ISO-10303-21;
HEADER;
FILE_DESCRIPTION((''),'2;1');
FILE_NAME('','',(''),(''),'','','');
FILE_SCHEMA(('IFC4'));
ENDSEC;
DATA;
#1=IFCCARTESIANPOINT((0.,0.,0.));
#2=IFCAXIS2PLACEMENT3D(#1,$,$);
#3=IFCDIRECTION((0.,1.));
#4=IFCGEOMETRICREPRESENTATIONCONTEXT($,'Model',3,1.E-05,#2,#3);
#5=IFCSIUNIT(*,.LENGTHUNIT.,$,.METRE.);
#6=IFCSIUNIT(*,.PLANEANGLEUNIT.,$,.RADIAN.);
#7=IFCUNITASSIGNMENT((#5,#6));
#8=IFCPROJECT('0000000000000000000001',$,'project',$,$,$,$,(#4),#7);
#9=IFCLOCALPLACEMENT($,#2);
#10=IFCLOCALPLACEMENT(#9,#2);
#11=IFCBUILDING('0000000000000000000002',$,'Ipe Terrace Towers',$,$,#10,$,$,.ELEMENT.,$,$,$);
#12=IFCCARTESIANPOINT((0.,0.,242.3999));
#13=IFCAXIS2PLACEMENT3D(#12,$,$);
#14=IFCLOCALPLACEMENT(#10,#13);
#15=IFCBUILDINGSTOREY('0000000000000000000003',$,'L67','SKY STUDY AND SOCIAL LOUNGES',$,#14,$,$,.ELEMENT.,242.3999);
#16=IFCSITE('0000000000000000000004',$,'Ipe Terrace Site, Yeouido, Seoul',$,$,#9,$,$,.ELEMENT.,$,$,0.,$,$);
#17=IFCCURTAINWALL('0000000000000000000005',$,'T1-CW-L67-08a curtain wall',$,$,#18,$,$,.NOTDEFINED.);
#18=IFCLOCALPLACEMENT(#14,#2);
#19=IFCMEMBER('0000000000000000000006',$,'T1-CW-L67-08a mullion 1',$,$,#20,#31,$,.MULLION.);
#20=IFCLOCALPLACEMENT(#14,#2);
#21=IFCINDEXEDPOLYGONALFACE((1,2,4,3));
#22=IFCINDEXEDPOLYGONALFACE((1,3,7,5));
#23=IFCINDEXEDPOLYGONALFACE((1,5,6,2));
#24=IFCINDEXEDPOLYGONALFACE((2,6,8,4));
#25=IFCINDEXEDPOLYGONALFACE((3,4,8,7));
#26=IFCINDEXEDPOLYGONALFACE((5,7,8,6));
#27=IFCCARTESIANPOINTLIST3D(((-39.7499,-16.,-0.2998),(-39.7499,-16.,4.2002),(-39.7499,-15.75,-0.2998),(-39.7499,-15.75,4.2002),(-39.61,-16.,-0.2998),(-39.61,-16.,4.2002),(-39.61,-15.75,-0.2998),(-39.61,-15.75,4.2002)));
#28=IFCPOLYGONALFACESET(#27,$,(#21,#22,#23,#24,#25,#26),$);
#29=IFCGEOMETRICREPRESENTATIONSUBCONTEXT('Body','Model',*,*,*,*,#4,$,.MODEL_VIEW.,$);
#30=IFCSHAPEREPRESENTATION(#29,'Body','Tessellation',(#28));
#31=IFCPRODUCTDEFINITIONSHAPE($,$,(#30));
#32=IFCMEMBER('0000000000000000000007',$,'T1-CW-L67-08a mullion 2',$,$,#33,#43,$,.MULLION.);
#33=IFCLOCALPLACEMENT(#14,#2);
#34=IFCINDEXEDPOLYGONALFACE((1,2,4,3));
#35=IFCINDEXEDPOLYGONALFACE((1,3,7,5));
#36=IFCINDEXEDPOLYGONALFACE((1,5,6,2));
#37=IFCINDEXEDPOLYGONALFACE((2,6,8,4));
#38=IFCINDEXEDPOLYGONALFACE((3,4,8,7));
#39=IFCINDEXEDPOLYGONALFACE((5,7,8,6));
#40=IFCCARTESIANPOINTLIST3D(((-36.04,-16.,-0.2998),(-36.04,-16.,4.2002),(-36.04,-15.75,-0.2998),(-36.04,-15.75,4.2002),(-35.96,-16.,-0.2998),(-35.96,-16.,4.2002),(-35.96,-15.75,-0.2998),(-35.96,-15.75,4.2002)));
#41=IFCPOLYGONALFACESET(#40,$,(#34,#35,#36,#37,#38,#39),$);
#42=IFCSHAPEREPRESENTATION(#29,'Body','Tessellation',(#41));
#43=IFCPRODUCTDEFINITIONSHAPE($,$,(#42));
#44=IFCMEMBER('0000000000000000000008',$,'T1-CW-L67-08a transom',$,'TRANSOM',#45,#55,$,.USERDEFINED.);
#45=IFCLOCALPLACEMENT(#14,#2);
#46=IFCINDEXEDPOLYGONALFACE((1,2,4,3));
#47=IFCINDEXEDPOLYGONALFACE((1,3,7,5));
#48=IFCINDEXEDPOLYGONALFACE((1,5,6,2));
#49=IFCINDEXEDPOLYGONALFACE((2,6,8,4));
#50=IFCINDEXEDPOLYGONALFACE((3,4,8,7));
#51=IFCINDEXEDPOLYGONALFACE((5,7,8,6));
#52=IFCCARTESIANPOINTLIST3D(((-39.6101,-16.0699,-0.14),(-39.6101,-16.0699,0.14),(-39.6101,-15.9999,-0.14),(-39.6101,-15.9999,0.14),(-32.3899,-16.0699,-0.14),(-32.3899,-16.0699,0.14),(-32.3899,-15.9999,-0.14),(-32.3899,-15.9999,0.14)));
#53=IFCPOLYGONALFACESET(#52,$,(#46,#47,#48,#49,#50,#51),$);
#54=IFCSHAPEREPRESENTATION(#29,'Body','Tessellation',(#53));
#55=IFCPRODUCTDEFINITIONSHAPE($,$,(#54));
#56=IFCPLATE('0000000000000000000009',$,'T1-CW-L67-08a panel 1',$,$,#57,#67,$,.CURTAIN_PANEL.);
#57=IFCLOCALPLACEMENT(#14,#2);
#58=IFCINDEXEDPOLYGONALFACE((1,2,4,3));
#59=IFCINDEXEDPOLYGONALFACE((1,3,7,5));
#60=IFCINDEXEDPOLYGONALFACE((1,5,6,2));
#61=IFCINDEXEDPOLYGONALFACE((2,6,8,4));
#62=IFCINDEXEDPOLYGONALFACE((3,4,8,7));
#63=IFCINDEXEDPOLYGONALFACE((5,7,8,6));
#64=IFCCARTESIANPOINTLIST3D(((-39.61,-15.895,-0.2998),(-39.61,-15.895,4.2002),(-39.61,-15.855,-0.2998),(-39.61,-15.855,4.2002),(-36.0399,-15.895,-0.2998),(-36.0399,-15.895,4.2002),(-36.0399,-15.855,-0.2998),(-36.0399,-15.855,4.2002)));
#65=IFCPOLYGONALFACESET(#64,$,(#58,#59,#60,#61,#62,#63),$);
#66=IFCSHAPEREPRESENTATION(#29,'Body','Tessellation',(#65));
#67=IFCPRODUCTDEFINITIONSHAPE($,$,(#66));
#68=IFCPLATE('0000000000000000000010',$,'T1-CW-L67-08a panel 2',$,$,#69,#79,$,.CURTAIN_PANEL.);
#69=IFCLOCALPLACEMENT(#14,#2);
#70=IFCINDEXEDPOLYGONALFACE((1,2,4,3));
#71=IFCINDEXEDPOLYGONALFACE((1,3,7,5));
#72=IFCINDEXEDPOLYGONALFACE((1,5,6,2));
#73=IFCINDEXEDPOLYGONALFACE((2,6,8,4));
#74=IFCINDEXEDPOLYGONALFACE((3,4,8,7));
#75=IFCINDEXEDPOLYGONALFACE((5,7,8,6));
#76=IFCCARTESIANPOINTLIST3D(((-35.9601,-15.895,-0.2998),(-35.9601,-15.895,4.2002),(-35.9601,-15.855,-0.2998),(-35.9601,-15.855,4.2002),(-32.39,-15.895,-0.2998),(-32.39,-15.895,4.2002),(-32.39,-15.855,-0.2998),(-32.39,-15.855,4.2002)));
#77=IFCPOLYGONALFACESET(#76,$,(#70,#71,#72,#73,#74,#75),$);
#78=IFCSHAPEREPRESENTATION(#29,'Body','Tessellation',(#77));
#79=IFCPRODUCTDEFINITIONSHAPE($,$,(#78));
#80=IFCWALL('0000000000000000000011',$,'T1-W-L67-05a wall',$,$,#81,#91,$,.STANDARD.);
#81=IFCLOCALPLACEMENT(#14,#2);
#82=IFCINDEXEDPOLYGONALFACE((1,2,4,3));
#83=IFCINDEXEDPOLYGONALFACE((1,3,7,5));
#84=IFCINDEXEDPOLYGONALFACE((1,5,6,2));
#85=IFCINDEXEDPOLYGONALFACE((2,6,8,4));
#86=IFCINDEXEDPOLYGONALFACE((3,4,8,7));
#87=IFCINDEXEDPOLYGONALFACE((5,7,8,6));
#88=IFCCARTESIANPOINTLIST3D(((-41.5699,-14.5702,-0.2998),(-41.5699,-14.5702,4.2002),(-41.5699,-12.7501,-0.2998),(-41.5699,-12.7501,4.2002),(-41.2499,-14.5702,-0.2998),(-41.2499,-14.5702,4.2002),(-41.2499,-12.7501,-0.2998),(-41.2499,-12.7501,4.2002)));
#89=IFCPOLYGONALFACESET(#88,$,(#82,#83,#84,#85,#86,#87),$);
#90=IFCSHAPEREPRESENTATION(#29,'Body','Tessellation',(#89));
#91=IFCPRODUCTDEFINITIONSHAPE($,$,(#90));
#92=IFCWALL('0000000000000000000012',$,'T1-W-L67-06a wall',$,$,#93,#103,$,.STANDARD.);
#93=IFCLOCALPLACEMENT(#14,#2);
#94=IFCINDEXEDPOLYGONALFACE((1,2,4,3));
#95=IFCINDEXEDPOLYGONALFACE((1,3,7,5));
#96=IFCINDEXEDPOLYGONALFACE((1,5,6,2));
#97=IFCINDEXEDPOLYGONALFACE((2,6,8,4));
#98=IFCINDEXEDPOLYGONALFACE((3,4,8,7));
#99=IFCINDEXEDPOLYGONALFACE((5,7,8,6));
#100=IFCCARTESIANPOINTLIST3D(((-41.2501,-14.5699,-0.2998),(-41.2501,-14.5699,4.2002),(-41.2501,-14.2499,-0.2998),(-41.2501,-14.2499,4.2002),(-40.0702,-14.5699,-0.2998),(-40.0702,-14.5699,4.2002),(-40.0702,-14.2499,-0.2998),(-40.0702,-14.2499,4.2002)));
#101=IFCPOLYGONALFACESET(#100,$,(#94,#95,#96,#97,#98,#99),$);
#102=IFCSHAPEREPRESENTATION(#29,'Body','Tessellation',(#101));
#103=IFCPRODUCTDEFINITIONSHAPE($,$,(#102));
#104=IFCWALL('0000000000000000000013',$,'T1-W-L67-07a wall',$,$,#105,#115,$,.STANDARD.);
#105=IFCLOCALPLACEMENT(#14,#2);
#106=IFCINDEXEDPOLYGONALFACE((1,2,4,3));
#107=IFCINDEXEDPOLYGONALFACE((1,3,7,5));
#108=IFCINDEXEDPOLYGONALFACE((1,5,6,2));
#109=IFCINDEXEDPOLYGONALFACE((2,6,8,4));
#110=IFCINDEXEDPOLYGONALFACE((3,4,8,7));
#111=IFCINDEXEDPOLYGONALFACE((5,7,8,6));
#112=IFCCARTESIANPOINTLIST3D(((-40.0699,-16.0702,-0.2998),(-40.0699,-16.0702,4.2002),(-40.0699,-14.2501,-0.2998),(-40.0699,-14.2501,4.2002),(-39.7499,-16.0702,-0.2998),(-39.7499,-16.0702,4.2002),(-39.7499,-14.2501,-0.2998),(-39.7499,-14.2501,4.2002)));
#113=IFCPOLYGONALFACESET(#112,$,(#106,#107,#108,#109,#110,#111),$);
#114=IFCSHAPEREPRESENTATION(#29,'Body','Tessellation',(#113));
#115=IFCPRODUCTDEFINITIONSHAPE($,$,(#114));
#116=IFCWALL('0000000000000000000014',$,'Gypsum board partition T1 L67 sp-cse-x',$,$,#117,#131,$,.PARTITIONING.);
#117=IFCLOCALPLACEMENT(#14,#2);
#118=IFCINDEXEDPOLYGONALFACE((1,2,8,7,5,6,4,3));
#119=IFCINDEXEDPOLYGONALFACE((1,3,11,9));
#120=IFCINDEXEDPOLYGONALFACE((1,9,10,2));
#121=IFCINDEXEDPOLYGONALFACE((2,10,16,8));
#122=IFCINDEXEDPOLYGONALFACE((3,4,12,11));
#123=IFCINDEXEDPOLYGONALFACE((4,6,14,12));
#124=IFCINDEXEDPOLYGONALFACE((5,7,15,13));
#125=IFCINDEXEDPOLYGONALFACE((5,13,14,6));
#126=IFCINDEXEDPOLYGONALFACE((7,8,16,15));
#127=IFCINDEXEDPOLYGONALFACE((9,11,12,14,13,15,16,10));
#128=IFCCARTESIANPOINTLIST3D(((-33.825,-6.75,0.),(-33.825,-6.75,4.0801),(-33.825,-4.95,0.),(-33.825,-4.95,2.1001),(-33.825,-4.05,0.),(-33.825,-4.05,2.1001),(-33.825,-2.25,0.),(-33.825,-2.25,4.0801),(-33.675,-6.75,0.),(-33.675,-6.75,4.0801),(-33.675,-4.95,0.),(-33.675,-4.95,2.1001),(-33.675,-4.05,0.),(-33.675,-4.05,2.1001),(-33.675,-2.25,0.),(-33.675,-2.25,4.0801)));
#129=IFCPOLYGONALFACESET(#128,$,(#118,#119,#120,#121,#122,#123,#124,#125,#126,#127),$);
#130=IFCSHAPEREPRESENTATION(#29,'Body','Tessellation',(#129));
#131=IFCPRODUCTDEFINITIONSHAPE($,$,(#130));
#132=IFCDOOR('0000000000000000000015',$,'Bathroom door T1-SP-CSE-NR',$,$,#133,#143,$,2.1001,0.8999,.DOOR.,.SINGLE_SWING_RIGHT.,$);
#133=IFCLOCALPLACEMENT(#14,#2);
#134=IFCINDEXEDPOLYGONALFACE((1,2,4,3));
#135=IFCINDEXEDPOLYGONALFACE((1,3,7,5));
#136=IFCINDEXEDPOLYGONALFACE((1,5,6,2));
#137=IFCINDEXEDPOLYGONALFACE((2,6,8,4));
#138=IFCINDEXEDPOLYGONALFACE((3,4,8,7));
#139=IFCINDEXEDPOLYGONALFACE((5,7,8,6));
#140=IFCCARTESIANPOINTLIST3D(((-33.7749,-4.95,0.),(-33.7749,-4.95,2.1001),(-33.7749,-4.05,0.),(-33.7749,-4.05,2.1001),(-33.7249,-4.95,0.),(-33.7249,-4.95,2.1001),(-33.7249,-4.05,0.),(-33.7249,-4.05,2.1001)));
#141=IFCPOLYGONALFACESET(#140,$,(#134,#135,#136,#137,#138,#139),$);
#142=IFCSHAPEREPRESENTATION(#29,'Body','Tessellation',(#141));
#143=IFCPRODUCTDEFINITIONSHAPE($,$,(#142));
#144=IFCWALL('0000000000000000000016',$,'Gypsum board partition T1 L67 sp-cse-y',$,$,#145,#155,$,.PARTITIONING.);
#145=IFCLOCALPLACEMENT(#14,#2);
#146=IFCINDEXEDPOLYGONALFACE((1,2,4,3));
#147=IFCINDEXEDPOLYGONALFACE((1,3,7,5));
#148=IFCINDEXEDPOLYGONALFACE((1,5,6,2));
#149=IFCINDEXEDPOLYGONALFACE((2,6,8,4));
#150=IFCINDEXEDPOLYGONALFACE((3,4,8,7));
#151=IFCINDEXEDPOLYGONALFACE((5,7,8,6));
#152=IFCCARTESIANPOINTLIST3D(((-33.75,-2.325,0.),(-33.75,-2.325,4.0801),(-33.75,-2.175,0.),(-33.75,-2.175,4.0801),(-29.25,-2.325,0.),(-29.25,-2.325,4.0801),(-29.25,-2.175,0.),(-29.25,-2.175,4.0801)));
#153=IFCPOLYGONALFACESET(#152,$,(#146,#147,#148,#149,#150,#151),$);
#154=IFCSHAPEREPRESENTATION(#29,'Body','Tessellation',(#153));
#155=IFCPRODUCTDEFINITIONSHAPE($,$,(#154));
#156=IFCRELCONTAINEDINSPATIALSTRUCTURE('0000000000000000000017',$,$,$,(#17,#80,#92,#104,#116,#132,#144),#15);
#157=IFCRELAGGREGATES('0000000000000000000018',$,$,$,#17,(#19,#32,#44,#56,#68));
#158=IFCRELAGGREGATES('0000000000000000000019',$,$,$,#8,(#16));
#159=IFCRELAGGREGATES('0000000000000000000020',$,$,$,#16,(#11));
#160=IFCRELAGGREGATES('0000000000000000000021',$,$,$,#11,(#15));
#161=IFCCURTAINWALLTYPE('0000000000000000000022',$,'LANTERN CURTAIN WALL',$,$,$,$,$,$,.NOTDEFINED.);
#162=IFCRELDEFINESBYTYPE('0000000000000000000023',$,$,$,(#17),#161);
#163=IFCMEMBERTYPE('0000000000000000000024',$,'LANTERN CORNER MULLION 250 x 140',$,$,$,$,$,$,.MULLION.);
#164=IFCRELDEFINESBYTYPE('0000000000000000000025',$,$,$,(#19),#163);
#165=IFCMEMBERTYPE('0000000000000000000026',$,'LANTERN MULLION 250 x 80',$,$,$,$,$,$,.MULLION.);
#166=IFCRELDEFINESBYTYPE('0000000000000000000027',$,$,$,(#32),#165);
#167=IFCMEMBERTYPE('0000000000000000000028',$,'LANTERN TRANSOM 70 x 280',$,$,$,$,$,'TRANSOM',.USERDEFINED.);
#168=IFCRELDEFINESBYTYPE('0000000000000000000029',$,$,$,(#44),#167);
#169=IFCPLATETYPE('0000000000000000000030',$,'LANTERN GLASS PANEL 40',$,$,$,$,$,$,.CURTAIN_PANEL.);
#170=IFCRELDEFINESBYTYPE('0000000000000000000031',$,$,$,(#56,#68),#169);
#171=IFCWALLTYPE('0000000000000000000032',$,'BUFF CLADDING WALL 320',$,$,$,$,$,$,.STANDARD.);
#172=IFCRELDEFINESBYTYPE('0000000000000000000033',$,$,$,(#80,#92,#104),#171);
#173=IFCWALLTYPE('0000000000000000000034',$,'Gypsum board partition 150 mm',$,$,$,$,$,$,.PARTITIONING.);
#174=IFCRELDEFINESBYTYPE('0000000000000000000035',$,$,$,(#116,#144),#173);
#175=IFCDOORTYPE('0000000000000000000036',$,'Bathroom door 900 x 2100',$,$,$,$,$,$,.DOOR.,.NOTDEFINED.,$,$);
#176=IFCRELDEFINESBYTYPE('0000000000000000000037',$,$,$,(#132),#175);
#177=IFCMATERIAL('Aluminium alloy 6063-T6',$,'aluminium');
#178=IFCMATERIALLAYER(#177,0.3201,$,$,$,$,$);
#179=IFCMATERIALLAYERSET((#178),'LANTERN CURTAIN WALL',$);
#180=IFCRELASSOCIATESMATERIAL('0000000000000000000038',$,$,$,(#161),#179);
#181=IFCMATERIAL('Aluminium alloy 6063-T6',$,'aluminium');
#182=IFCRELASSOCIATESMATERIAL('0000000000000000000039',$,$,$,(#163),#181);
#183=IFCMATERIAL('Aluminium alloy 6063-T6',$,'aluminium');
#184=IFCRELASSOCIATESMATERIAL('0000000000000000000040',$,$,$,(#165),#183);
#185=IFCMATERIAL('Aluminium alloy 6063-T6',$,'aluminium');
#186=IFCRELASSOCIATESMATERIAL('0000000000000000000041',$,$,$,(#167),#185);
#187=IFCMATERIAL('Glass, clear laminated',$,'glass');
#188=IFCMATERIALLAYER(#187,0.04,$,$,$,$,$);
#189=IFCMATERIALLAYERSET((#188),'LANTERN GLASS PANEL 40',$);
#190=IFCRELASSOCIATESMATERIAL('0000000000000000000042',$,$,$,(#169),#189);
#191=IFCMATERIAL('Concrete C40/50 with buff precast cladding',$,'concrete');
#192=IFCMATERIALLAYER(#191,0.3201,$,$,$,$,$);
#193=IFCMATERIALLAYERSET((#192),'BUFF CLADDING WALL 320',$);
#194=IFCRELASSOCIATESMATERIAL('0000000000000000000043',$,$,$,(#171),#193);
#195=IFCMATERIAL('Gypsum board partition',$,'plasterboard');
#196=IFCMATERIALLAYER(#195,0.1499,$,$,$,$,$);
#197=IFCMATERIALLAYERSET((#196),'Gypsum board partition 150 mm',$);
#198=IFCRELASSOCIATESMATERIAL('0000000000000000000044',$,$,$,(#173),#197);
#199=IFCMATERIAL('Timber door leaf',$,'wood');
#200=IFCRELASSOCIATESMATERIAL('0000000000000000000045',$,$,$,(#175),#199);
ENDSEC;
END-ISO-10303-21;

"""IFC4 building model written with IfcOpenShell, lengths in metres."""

from ifc_helpers import new_model, si_unit, direction, frame, frame_2d, origin, origin_2d, place, context, subcontext, project, spatial, rectangle, extrude, material, layer, layer_set, material_profile, profile_set, type_object, element, fill, aggregate, save


model = new_model("IFC4")

# Units and contexts
model_context = context("Model", 3, precision=1e-05, world=origin(), true_north=direction((0.0, 1.0)))
body_context = subcontext(model_context, "Body", "Model", "MODEL_VIEW")
ifc_project = project(units=[si_unit("LENGTHUNIT", "METRE"), si_unit("PLANEANGLEUNIT", "RADIAN")], contexts=[model_context])

# Site, building, storey
site_placement = place(None, origin())
site = spatial("IfcSite", under=ifc_project, at=site_placement, Name="Ipe Terrace Site, Yeouido, Seoul", CompositionType="ELEMENT", RefElevation=0.0)
building_placement = place(site_placement, origin())
building = spatial("IfcBuilding", under=site, at=building_placement, Name="Ipe Terrace Towers", CompositionType="ELEMENT")
storey_placement = place(building_placement, frame((0.0, 0.0, 242.3999)))
storey = spatial("IfcBuildingStorey", under=building, at=storey_placement, Name="L67", Description="SKY STUDY AND SOCIAL LOUNGES", CompositionType="ELEMENT", Elevation=242.3999)

# Curtain wall, members, plates
ifc_material_1 = material(Name="Aluminium alloy 6063-T6", Category="aluminium")
ifc_layer_1 = layer(ifc_material_1, 0.3201)
ifc_layer_set_1 = layer_set([ifc_layer_1], Name="LANTERN CURTAIN WALL")
curtain_wall_type = type_object("IfcCurtainWallType", Name="LANTERN CURTAIN WALL", PredefinedType="NOTDEFINED", material=ifc_layer_set_1)
curtain_wall_placement = place(storey_placement, origin())
curtain_wall = element("IfcCurtainWall", 1, at=curtain_wall_placement, inside=storey, type_object=curtain_wall_type, Name="T1-CW-L67-08a curtain wall", PredefinedType="NOTDEFINED")
ifc_material_2 = material(Name="Aluminium alloy 6063-T6", Category="aluminium")
ifc_material_profile_1 = material_profile(ifc_material_2, rectangle(XDim=0.25, YDim=0.1399, at=origin_2d()), Name="LANTERN CORNER MULLION 250 x 140")
ifc_profile_set_1 = profile_set([ifc_material_profile_1], Name="Aluminium alloy 6063-T6")
member_type_1 = type_object("IfcMemberType", Name="LANTERN CORNER MULLION 250 x 140", PredefinedType="MULLION", material=ifc_profile_set_1)
member_1_placement = place(storey_placement, frame((-39.6799, -15.875, -0.2998), z_axis=(0.0, 0.0, 1.0), x_axis=(0.0, -1.0, 0.0)))
member_1 = element("IfcMember", 2, at=member_1_placement, type_object=member_type_1, Name="T1-CW-L67-08a mullion 1", PredefinedType="MULLION", context=body_context, shape_type="SweptSolid", body=[
    extrude(rectangle(XDim=0.25, YDim=0.1399, at=origin_2d()), origin(), (0.0, 0.0, 1.0), 4.5),
])
ifc_material_3 = material(Name="Aluminium alloy 6063-T6", Category="aluminium")
ifc_material_profile_2 = material_profile(ifc_material_3, rectangle(XDim=0.25, YDim=0.0801, at=origin_2d()), Name="LANTERN MULLION 250 x 80")
ifc_profile_set_2 = profile_set([ifc_material_profile_2], Name="Aluminium alloy 6063-T6")
member_type_2 = type_object("IfcMemberType", Name="LANTERN MULLION 250 x 80", PredefinedType="MULLION", material=ifc_profile_set_2)
member_2_placement = place(storey_placement, frame((-36.0, -15.875, -0.2998), z_axis=(0.0, 0.0, 1.0), x_axis=(0.0, -1.0, 0.0)))
member_2 = element("IfcMember", 3, at=member_2_placement, type_object=member_type_2, Name="T1-CW-L67-08a mullion 2", PredefinedType="MULLION", context=body_context, shape_type="SweptSolid", body=[
    extrude(rectangle(XDim=0.25, YDim=0.0801, at=origin_2d()), origin(), (0.0, 0.0, 1.0), 4.5),
])
ifc_material_4 = material(Name="Aluminium alloy 6063-T6", Category="aluminium")
ifc_material_profile_3 = material_profile(ifc_material_4, rectangle(XDim=0.0701, YDim=0.28, at=origin_2d()), Name="LANTERN TRANSOM 70 x 280")
ifc_profile_set_3 = profile_set([ifc_material_profile_3], Name="Aluminium alloy 6063-T6")
member_type_3 = type_object("IfcMemberType", Name="LANTERN TRANSOM 70 x 280", ElementType="TRANSOM", PredefinedType="USERDEFINED", material=ifc_profile_set_3)
member_3_placement = place(storey_placement, frame((-39.6101, -16.0349, 0.0), z_axis=(1.0, 0.0, 0.0), x_axis=(0.0, -1.0, 0.0)))
member_3 = element("IfcMember", 4, at=member_3_placement, type_object=member_type_3, Name="T1-CW-L67-08a transom", ObjectType="TRANSOM", PredefinedType="USERDEFINED", context=body_context, shape_type="SweptSolid", body=[
    extrude(rectangle(XDim=0.0701, YDim=0.28, at=origin_2d()), origin(), (0.0, 0.0, 1.0), 7.2202),
])
ifc_material_5 = material(Name="Glass, clear laminated", Category="glass")
ifc_layer_2 = layer(ifc_material_5, 0.04)
ifc_layer_set_2 = layer_set([ifc_layer_2], Name="LANTERN GLASS PANEL 40")
plate_type = type_object("IfcPlateType", Name="LANTERN GLASS PANEL 40", PredefinedType="CURTAIN_PANEL", material=ifc_layer_set_2)
plate_1_placement = place(storey_placement, frame((-37.825, -15.875, -0.2998), z_axis=(0.0, 0.0, 1.0), x_axis=(1.0, 0.0, 0.0)))
plate_1 = element("IfcPlate", 5, at=plate_1_placement, type_object=plate_type, Name="T1-CW-L67-08a panel 1", PredefinedType="CURTAIN_PANEL", context=body_context, shape_type="SweptSolid", body=[
    extrude(rectangle(XDim=3.5701, YDim=0.04, at=origin_2d()), origin(), (0.0, 0.0, 1.0), 4.5),
])
plate_2_placement = place(storey_placement, frame((-34.175, -15.875, -0.2998), z_axis=(0.0, 0.0, 1.0), x_axis=(1.0, 0.0, 0.0)))
plate_2 = element("IfcPlate", 6, at=plate_2_placement, type_object=plate_type, Name="T1-CW-L67-08a panel 2", PredefinedType="CURTAIN_PANEL", context=body_context, shape_type="SweptSolid", body=[
    extrude(rectangle(XDim=3.5701, YDim=0.04, at=origin_2d()), origin(), (0.0, 0.0, 1.0), 4.5),
])
aggregate(curtain_wall, [member_1, member_2, member_3, plate_1, plate_2])

# Walls
ifc_material_6 = material(Name="Concrete C40/50 with buff precast cladding", Category="concrete")
ifc_layer_3 = layer(ifc_material_6, 0.3201)
ifc_layer_set_3 = layer_set([ifc_layer_3], Name="BUFF CLADDING WALL 320")
wall_type_1 = type_object("IfcWallType", Name="BUFF CLADDING WALL 320", PredefinedType="STANDARD", material=ifc_layer_set_3)
wall_1_placement = place(storey_placement, frame((-41.4099, -12.75, -0.2998), z_axis=(0.0, 0.0, 1.0), x_axis=(0.0, -1.0, 0.0)))
element("IfcWall", 7, at=wall_1_placement, inside=storey, type_object=wall_type_1, Name="T1-W-L67-05a wall", PredefinedType="STANDARD", context=body_context, shape_type="SweptSolid", body=[
    extrude(rectangle(XDim=1.8201, YDim=0.3201, at=frame_2d((0.9102, 0.0))), origin(), (0.0, 0.0, 1.0), 4.5),
])
wall_2_placement = place(storey_placement, frame((-41.25, -14.4099, -0.2998), z_axis=(0.0, 0.0, 1.0), x_axis=(1.0, 0.0, 0.0)))
element("IfcWall", 8, at=wall_2_placement, inside=storey, type_object=wall_type_1, Name="T1-W-L67-06a wall", PredefinedType="STANDARD", context=body_context, shape_type="SweptSolid", body=[
    extrude(rectangle(XDim=1.1799, YDim=0.3201, at=frame_2d((0.5898, 0.0))), origin(), (0.0, 0.0, 1.0), 4.5),
])
wall_3_placement = place(storey_placement, frame((-39.9099, -14.25, -0.2998), z_axis=(0.0, 0.0, 1.0), x_axis=(0.0, -1.0, 0.0)))
element("IfcWall", 9, at=wall_3_placement, inside=storey, type_object=wall_type_1, Name="T1-W-L67-07a wall", PredefinedType="STANDARD", context=body_context, shape_type="SweptSolid", body=[
    extrude(rectangle(XDim=1.8201, YDim=0.3201, at=frame_2d((0.9102, 0.0))), origin(), (0.0, 0.0, 1.0), 4.5),
])

# Wall, opening, door
ifc_material_7 = material(Name="Gypsum board partition", Category="plasterboard")
ifc_layer_4 = layer(ifc_material_7, 0.1499)
ifc_layer_set_4 = layer_set([ifc_layer_4], Name="Gypsum board partition 150 mm")
wall_type_2 = type_object("IfcWallType", Name="Gypsum board partition 150 mm", PredefinedType="PARTITIONING", material=ifc_layer_set_4)
wall_4_placement = place(storey_placement, frame((-33.75, -6.75, 0.0), z_axis=(0.0, 0.0, 1.0), x_axis=(0.0, 1.0, 0.0)))
wall_4 = element("IfcWall", 10, at=wall_4_placement, inside=storey, type_object=wall_type_2, Name="Gypsum board partition T1 L67 sp-cse-x", PredefinedType="PARTITIONING", context=body_context, shape_type="SweptSolid", body=[
    extrude(rectangle(XDim=4.5, YDim=0.1499, at=frame_2d((2.25, 0.0))), origin(), (0.0, 0.0, 1.0), 4.0801),
])
opening_1_placement = place(wall_4_placement, frame((1.8, 0.0, 0.0)))
opening_1 = element("IfcOpeningElement", 11, at=opening_1_placement, cuts=wall_4, PredefinedType="OPENING", context=body_context, shape_type="SweptSolid", body=[
    extrude(rectangle(XDim=0.8999, YDim=2.1001, at=frame_2d((0.45, 1.05))), frame((0.0, 0.085, 0.0), z_axis=(0.0, -1.0, 0.0), x_axis=(1.0, 0.0, 0.0)), (0.0, 0.0, 1.0), 0.1699),
])
ifc_material_8 = material(Name="Timber door leaf", Category="wood")
door_type_1 = type_object("IfcDoorType", Name="Bathroom door 900 x 2100", OperationType="NOTDEFINED", PredefinedType="DOOR", material=ifc_material_8)
door_1_placement = place(opening_1_placement, origin())
door_1 = element("IfcDoor", 12, at=door_1_placement, inside=storey, type_object=door_type_1, Name="Bathroom door T1-SP-CSE-NR", OperationType="SINGLE_SWING_RIGHT", OverallHeight=2.1001, OverallWidth=0.8999, PredefinedType="DOOR", context=body_context, shape_type="SweptSolid", body=[
    extrude(rectangle(XDim=0.8999, YDim=2.1001, at=frame_2d((0.45, 1.05))), frame((0.0, 0.0249, 0.0), z_axis=(0.0, -1.0, 0.0), x_axis=(1.0, 0.0, 0.0)), (0.0, 0.0, 1.0), 0.05),
])
fill(opening_1, door_1)

# Wall
wall_5_placement = place(storey_placement, frame((-33.75, -2.25, 0.0), z_axis=(0.0, 0.0, 1.0), x_axis=(1.0, 0.0, 0.0)))
element("IfcWall", 13, at=wall_5_placement, inside=storey, type_object=wall_type_2, Name="Gypsum board partition T1 L67 sp-cse-y", PredefinedType="PARTITIONING", context=body_context, shape_type="SweptSolid", body=[
    extrude(rectangle(XDim=4.5, YDim=0.1499, at=frame_2d((2.25, 0.0))), origin(), (0.0, 0.0, 1.0), 4.0801),
])

save(model, "model.ifc")
